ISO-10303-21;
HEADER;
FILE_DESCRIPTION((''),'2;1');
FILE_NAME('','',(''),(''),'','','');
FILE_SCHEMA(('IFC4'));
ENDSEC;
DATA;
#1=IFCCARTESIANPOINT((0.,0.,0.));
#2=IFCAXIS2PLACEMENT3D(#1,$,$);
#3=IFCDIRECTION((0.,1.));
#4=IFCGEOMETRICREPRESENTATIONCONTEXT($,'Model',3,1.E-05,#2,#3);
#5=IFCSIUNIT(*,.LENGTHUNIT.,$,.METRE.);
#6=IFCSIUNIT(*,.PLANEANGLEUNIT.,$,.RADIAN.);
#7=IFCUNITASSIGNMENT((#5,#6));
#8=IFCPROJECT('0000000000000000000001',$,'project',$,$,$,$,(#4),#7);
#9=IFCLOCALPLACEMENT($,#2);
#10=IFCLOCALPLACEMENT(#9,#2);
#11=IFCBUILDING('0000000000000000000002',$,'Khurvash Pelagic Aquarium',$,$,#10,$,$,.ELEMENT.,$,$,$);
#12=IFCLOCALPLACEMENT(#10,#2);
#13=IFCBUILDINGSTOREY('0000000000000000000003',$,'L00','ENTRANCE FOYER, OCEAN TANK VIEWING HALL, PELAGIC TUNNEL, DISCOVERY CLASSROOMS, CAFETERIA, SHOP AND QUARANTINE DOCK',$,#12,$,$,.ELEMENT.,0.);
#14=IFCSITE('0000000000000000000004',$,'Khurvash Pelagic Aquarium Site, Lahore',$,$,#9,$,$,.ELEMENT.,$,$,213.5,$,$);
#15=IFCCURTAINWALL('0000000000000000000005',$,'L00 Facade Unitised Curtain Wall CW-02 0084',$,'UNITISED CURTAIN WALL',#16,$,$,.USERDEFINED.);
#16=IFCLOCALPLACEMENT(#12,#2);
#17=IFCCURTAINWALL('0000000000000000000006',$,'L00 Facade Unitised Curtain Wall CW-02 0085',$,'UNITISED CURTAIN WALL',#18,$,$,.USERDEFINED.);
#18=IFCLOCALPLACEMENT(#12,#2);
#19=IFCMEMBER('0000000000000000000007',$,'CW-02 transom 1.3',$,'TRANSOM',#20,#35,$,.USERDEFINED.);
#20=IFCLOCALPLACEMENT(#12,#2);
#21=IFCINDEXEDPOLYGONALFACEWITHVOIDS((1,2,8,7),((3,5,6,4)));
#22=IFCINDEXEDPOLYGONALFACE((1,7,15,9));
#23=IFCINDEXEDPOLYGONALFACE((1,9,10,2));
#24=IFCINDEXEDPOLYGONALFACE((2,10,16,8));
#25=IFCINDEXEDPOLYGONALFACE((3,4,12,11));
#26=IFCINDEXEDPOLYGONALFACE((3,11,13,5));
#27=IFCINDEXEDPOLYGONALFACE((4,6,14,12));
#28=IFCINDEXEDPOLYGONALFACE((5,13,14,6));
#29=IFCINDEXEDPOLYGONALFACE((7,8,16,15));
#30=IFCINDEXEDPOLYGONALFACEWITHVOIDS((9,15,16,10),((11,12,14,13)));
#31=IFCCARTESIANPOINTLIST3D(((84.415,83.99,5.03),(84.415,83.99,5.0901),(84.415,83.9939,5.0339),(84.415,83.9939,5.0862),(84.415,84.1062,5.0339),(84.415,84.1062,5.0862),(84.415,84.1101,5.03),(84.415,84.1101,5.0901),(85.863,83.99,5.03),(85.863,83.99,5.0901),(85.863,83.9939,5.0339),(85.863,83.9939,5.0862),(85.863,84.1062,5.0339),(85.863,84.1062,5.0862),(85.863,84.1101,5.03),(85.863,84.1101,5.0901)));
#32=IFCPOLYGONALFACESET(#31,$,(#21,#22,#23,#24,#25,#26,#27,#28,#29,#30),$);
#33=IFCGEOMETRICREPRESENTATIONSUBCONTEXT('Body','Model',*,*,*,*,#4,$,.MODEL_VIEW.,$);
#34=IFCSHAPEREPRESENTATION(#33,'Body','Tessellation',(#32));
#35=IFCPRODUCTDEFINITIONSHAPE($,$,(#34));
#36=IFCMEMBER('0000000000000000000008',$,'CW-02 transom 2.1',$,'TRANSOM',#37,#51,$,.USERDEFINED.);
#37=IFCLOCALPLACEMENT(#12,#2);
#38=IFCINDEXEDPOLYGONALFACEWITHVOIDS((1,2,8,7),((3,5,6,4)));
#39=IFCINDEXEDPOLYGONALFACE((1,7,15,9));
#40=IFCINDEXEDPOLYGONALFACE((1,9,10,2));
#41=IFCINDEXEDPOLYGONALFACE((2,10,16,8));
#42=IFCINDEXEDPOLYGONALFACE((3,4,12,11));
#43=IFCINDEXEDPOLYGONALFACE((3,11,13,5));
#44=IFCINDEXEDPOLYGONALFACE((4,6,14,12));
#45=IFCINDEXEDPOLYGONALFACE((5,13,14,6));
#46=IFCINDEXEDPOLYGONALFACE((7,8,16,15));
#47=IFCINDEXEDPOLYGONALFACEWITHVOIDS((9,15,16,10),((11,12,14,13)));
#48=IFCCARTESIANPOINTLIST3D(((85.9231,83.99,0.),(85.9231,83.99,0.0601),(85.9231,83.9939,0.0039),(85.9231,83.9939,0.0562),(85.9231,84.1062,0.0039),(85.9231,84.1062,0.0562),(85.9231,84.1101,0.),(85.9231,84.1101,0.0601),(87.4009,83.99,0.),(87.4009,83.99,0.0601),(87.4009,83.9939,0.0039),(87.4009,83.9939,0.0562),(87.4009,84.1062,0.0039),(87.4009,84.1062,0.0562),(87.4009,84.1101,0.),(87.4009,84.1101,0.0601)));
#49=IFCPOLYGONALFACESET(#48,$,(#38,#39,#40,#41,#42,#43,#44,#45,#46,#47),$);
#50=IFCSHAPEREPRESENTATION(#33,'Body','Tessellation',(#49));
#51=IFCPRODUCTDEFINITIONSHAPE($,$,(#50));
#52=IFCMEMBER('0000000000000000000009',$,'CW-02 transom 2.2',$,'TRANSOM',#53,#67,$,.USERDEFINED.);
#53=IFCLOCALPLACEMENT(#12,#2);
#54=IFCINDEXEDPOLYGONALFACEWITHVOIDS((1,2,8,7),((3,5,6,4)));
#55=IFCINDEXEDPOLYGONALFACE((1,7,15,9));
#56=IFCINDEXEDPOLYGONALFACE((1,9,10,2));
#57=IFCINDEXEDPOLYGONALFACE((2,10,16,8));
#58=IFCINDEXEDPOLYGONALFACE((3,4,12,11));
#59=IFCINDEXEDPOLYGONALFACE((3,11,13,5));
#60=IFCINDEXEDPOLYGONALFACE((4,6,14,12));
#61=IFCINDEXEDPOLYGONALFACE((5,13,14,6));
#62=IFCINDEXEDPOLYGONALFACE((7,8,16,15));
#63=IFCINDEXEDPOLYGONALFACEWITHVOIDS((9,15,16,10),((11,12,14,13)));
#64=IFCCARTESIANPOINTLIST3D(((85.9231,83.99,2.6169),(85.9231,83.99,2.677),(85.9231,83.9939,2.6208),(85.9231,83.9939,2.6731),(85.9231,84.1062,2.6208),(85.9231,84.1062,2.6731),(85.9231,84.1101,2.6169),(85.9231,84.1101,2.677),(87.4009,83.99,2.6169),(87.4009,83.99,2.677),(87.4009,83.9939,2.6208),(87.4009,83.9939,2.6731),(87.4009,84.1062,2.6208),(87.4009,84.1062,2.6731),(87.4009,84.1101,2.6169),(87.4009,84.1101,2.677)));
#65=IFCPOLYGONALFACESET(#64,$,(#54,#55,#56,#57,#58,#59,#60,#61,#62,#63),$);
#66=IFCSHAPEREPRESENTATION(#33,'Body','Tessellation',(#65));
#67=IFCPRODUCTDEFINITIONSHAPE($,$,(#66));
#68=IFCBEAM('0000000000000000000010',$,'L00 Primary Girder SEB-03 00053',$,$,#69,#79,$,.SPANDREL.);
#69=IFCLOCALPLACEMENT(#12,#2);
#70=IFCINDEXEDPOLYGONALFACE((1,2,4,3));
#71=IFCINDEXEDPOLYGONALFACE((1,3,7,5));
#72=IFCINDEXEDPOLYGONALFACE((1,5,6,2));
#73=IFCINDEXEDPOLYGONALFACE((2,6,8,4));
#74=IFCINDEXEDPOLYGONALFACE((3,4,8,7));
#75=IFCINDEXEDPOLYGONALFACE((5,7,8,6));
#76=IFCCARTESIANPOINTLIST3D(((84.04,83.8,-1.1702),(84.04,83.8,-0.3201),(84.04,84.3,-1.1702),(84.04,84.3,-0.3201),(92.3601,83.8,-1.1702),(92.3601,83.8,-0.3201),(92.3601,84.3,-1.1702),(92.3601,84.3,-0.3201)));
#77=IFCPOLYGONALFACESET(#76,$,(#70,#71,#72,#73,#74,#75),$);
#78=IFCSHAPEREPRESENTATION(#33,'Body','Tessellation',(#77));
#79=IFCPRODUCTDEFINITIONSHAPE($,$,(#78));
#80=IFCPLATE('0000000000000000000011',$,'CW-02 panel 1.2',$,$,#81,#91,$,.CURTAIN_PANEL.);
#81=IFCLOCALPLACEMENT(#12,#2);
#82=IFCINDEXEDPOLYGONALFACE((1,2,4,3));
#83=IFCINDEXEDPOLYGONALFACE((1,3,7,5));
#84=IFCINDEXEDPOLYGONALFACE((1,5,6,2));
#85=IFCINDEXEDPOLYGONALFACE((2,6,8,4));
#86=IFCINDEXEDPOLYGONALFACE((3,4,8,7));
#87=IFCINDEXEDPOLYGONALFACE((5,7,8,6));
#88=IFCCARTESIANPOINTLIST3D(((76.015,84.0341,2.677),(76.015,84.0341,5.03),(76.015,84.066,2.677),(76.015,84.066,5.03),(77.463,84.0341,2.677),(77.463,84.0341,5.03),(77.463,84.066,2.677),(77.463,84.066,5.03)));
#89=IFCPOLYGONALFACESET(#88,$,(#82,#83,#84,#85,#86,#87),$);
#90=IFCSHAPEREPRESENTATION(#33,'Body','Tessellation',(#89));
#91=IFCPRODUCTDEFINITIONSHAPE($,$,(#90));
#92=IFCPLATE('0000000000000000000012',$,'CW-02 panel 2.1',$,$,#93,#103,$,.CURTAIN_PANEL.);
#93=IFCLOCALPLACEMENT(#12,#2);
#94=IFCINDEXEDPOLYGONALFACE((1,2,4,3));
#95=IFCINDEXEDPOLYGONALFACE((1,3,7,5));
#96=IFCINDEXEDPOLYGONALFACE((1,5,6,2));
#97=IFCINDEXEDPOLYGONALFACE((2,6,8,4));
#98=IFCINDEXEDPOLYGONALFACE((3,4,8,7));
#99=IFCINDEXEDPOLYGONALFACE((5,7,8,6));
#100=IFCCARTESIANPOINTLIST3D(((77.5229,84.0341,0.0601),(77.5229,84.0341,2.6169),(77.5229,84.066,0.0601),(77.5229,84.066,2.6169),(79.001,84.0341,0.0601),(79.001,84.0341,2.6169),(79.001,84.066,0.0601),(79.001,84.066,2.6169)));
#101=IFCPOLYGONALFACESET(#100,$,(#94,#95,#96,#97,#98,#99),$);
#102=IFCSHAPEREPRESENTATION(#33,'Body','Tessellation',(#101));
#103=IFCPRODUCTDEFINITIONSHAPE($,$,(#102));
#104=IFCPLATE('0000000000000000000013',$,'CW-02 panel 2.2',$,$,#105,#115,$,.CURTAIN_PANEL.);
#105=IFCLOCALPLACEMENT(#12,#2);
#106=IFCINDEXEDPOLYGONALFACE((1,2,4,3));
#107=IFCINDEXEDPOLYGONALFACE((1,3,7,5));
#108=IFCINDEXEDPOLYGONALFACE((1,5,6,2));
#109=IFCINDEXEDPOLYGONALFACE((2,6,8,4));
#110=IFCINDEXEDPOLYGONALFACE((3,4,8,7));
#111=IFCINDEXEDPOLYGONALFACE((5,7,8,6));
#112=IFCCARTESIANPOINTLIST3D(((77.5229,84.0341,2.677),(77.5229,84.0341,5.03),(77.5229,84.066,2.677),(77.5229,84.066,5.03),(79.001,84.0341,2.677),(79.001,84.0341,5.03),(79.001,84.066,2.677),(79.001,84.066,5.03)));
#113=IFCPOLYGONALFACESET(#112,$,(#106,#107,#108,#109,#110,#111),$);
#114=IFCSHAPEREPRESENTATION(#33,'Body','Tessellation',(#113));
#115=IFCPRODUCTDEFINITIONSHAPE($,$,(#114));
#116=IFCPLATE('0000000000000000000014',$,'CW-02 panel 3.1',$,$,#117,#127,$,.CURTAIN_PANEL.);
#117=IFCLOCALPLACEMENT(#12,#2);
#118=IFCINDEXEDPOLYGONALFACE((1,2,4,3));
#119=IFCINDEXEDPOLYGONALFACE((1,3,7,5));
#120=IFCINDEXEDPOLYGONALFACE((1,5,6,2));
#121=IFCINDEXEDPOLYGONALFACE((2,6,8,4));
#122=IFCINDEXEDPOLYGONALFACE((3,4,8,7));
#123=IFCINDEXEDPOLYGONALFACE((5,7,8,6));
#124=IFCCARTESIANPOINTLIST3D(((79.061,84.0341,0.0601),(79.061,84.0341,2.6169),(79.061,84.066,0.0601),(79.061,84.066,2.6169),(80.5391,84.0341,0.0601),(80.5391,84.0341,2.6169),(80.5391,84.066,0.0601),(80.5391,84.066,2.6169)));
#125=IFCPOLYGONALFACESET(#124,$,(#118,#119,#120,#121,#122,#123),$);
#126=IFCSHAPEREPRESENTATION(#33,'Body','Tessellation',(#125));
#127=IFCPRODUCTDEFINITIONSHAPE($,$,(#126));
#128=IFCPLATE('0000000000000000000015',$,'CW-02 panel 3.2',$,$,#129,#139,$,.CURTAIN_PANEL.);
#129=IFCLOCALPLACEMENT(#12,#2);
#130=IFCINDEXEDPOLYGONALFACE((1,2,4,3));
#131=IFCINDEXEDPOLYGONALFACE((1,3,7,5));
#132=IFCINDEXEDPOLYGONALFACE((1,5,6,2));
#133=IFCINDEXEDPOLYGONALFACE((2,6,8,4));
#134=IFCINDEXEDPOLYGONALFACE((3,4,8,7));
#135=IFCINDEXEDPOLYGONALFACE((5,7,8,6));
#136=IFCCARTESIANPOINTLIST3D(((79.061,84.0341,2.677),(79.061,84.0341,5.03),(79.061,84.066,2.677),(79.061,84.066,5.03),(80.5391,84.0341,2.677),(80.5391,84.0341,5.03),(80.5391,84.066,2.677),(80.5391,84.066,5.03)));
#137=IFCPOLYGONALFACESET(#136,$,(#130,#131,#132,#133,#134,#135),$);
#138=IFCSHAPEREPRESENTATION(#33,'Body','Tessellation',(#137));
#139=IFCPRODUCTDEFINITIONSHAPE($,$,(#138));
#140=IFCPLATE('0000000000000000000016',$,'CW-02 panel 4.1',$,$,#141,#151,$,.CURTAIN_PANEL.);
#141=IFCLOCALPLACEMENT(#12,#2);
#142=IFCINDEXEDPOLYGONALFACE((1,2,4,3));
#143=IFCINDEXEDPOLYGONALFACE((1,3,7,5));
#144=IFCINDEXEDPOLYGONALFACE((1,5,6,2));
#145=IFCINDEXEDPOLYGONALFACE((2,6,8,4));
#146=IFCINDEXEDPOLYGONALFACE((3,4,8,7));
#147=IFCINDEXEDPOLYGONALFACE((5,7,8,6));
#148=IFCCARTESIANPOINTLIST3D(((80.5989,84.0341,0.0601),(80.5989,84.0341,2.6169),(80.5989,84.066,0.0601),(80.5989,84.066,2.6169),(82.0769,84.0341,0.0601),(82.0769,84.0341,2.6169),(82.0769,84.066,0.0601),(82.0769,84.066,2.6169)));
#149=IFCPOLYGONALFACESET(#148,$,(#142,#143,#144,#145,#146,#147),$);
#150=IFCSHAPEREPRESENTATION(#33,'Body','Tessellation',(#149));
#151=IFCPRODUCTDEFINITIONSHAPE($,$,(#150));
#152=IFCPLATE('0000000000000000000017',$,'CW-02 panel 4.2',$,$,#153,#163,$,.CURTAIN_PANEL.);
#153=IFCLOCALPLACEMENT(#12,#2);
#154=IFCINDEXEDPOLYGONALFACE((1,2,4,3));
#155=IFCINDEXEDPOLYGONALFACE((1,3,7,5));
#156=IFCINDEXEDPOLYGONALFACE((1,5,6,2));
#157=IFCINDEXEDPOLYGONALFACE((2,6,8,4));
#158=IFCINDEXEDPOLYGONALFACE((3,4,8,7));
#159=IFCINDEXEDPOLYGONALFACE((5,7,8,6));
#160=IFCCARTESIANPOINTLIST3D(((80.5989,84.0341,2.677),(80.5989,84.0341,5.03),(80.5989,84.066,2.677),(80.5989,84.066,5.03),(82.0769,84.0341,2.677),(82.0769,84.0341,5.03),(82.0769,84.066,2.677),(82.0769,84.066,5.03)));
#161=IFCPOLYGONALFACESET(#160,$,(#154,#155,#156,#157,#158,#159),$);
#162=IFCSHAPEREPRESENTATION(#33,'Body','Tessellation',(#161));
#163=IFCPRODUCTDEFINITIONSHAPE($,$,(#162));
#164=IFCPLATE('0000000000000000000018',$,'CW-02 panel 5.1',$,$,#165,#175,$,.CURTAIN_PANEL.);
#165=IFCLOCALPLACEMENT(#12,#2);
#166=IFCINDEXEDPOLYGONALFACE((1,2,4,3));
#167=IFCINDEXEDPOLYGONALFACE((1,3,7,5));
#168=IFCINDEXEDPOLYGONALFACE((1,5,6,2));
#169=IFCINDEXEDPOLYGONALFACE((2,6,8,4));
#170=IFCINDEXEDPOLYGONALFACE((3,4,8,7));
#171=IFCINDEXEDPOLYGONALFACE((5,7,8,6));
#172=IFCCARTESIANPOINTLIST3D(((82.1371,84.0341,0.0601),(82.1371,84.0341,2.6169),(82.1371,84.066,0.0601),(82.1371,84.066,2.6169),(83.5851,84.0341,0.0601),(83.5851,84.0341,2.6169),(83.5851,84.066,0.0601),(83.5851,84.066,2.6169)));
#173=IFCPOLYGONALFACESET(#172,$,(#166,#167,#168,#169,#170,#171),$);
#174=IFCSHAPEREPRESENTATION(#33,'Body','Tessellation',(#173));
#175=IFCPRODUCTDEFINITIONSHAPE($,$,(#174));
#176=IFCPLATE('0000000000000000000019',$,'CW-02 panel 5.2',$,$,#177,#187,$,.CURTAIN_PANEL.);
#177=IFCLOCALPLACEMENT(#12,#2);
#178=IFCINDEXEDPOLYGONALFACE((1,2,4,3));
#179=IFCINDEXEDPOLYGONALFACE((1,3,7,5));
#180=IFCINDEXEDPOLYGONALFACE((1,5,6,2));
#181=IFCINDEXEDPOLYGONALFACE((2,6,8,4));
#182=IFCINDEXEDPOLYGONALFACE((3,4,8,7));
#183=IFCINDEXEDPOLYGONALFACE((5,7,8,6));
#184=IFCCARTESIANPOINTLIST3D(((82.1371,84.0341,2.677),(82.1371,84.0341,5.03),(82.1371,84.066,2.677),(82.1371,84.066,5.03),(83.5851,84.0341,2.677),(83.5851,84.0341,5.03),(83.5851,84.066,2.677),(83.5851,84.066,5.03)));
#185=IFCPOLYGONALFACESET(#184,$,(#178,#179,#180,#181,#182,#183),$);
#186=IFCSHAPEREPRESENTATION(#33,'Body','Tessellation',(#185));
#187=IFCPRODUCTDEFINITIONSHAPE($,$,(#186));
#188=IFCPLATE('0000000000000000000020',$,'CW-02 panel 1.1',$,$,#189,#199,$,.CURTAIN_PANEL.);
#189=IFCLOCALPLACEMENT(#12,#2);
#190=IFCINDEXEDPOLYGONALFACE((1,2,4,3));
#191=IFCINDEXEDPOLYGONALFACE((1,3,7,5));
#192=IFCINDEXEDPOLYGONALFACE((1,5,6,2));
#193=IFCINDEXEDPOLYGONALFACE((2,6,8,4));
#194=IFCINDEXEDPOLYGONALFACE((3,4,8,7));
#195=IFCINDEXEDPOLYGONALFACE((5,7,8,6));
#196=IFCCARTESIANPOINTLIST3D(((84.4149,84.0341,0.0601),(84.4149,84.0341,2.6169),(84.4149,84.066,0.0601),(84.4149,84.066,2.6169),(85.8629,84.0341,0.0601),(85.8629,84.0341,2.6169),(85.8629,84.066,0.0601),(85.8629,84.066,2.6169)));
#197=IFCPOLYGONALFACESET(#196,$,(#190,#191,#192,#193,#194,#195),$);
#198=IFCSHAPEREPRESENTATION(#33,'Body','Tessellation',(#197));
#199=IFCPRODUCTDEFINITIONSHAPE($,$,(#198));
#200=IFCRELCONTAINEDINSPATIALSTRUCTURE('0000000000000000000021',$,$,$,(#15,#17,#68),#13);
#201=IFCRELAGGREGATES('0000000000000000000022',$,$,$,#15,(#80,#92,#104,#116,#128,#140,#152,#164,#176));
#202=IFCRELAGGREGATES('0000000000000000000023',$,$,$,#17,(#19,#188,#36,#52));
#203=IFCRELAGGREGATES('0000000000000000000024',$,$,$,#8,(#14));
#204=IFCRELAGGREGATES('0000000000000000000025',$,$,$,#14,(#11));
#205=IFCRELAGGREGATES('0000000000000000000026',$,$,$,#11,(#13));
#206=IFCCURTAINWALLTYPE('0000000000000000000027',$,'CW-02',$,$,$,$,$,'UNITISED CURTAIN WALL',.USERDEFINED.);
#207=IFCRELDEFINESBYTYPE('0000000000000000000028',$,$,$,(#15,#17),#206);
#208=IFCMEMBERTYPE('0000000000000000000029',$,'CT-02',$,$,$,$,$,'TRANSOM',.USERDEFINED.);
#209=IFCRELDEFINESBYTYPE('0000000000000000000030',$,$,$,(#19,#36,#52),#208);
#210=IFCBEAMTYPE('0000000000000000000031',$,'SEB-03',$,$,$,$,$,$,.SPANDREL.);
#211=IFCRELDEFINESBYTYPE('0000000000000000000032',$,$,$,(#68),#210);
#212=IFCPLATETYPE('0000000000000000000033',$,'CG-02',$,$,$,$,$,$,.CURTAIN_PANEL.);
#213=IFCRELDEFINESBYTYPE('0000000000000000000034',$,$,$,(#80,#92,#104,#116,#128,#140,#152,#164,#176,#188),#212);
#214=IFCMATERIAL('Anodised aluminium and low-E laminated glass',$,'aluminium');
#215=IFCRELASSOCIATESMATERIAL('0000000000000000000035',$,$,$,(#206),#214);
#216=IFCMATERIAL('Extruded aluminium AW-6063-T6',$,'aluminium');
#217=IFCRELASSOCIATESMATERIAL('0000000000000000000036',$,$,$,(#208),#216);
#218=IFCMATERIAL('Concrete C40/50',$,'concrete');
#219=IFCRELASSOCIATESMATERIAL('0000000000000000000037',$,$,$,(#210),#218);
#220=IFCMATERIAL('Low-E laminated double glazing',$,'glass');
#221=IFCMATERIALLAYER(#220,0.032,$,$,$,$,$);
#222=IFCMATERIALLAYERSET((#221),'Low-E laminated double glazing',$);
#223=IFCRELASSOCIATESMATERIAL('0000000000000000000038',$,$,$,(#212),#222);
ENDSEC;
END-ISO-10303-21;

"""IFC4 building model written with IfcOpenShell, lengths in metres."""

from ifc_helpers import new_model, si_unit, direction, frame, origin, origin_2d, place, context, subcontext, project, spatial, rectangle, hollow_rectangle, extrude, material, layer, layer_set, material_profile, profile_set, type_object, element, aggregate, save


model = new_model("IFC4")

# Units and contexts
model_context = context("Model", 3, precision=1e-05, world=origin(), true_north=direction((0.0, 1.0)))
body_context = subcontext(model_context, "Body", "Model", "MODEL_VIEW")
ifc_project = project(units=[si_unit("LENGTHUNIT", "METRE"), si_unit("PLANEANGLEUNIT", "RADIAN")], contexts=[model_context])

# Site, building, storey
site_placement = place(None, origin())
site = spatial("IfcSite", under=ifc_project, at=site_placement, Name="Khurvash Pelagic Aquarium Site, Lahore", CompositionType="ELEMENT", RefElevation=213.5)
building_placement = place(site_placement, origin())
building = spatial("IfcBuilding", under=site, at=building_placement, Name="Khurvash Pelagic Aquarium", CompositionType="ELEMENT")
storey_placement = place(building_placement, origin())
storey = spatial("IfcBuildingStorey", under=building, at=storey_placement, Name="L00", Description="ENTRANCE FOYER, OCEAN TANK VIEWING HALL, PELAGIC TUNNEL, DISCOVERY CLASSROOMS, CAFETERIA, SHOP AND QUARANTINE DOCK", CompositionType="ELEMENT", Elevation=0.0)

# Shared definitions
ifc_material_1 = material(Name="Concrete C40/50", Category="concrete")

# Curtain walls
ifc_material_2 = material(Name="Anodised aluminium and low-E laminated glass", Category="aluminium")
curtain_wall_type = type_object("IfcCurtainWallType", Name="CW-02", ElementType="UNITISED CURTAIN WALL", PredefinedType="USERDEFINED", material=ifc_material_2)
curtain_wall_1_placement = place(storey_placement, origin())
curtain_wall_1 = element("IfcCurtainWall", 1, at=curtain_wall_1_placement, inside=storey, type_object=curtain_wall_type, Name="L00 Facade Unitised Curtain Wall CW-02 0084", ObjectType="UNITISED CURTAIN WALL", PredefinedType="USERDEFINED")
ifc_material_3 = material(Name="Extruded aluminium AW-6063-T6", Category="aluminium")
curtain_wall_2_placement = place(storey_placement, origin())
curtain_wall_2 = element("IfcCurtainWall", 2, at=curtain_wall_2_placement, inside=storey, type_object=curtain_wall_type, Name="L00 Facade Unitised Curtain Wall CW-02 0085", ObjectType="UNITISED CURTAIN WALL", PredefinedType="USERDEFINED")

# Members
ifc_material_profile_1 = material_profile(ifc_material_3, hollow_rectangle(XDim=0.1201, YDim=0.0601, WallThickness=0.0039, at=origin_2d()), Name="CWT120X60X4")
ifc_profile_set_1 = profile_set([ifc_material_profile_1], Name="Extruded aluminium AW-6063-T6")
member_type_1 = type_object("IfcMemberType", Name="CT-02", ElementType="TRANSOM", PredefinedType="USERDEFINED", material=ifc_profile_set_1)
member_1_placement = place(storey_placement, frame((84.415, 84.05, 5.0601), z_axis=(1.0, 0.0, 0.0), x_axis=(0.0, 1.0, 0.0)))
member_1 = element("IfcMember", 3, at=member_1_placement, type_object=member_type_1, Name="CW-02 transom 1.3", ObjectType="TRANSOM", PredefinedType="USERDEFINED", context=body_context, shape_type="SweptSolid", body=[
    extrude(hollow_rectangle(XDim=0.1201, YDim=0.0601, WallThickness=0.0039, at=origin_2d()), origin(), (0.0, 0.0, 1.0), 1.448),
])
member_2_placement = place(storey_placement, frame((85.9231, 84.05, 0.03), z_axis=(1.0, 0.0, 0.0), x_axis=(0.0, 1.0, 0.0)))
member_2 = element("IfcMember", 4, at=member_2_placement, type_object=member_type_1, Name="CW-02 transom 2.1", ObjectType="TRANSOM", PredefinedType="USERDEFINED", context=body_context, shape_type="SweptSolid", body=[
    extrude(hollow_rectangle(XDim=0.1201, YDim=0.0601, WallThickness=0.0039, at=origin_2d()), origin(), (0.0, 0.0, 1.0), 1.4778),
])
member_3_placement = place(storey_placement, frame((85.9231, 84.05, 2.647), z_axis=(1.0, 0.0, 0.0), x_axis=(0.0, 1.0, 0.0)))
member_3 = element("IfcMember", 5, at=member_3_placement, type_object=member_type_1, Name="CW-02 transom 2.2", ObjectType="TRANSOM", PredefinedType="USERDEFINED", context=body_context, shape_type="SweptSolid", body=[
    extrude(hollow_rectangle(XDim=0.1201, YDim=0.0601, WallThickness=0.0039, at=origin_2d()), origin(), (0.0, 0.0, 1.0), 1.4778),
])

# Beam
ifc_material_profile_2 = material_profile(ifc_material_1, rectangle(XDim=0.5, YDim=0.8501, at=origin_2d()), Name="RC500X850")
ifc_profile_set_2 = profile_set([ifc_material_profile_2], Name="Concrete C40/50")
beam_type = type_object("IfcBeamType", Name="SEB-03", PredefinedType="SPANDREL", material=ifc_profile_set_2)
beam_placement = place(storey_placement, frame((84.04, 84.05, -0.7451), z_axis=(1.0, 0.0, 0.0), x_axis=(0.0, 1.0, 0.0)))
element("IfcBeam", 6, at=beam_placement, inside=storey, type_object=beam_type, Name="L00 Primary Girder SEB-03 00053", PredefinedType="SPANDREL", context=body_context, shape_type="SweptSolid", body=[
    extrude(rectangle(XDim=0.5, YDim=0.8501, at=origin_2d()), origin(), (0.0, 0.0, 1.0), 8.3201),
])

# Plates
ifc_material_4 = material(Name="Low-E laminated double glazing", Category="glass")
ifc_layer = layer(ifc_material_4, 0.032)
ifc_layer_set = layer_set([ifc_layer], Name="Low-E laminated double glazing")
plate_type = type_object("IfcPlateType", Name="CG-02", PredefinedType="CURTAIN_PANEL", material=ifc_layer_set)
plate_1_placement = place(storey_placement, frame((76.739, 84.05, 2.677), z_axis=(0.0, 0.0, 1.0), x_axis=(1.0, 0.0, 0.0)))
plate_1 = element("IfcPlate", 7, at=plate_1_placement, type_object=plate_type, Name="CW-02 panel 1.2", PredefinedType="CURTAIN_PANEL", context=body_context, shape_type="SweptSolid", body=[
    extrude(rectangle(XDim=1.448, YDim=0.032, at=origin_2d()), origin(), (0.0, 0.0, 1.0), 2.353),
])
plate_2_placement = place(storey_placement, frame((78.262, 84.05, 0.0601), z_axis=(0.0, 0.0, 1.0), x_axis=(1.0, 0.0, 0.0)))
plate_2 = element("IfcPlate", 8, at=plate_2_placement, type_object=plate_type, Name="CW-02 panel 2.1", PredefinedType="CURTAIN_PANEL", context=body_context, shape_type="SweptSolid", body=[
    extrude(rectangle(XDim=1.478, YDim=0.032, at=origin_2d()), origin(), (0.0, 0.0, 1.0), 2.5569),
])
plate_3_placement = place(storey_placement, frame((78.262, 84.05, 2.677), z_axis=(0.0, 0.0, 1.0), x_axis=(1.0, 0.0, 0.0)))
plate_3 = element("IfcPlate", 9, at=plate_3_placement, type_object=plate_type, Name="CW-02 panel 2.2", PredefinedType="CURTAIN_PANEL", context=body_context, shape_type="SweptSolid", body=[
    extrude(rectangle(XDim=1.478, YDim=0.032, at=origin_2d()), origin(), (0.0, 0.0, 1.0), 2.353),
])
plate_4_placement = place(storey_placement, frame((79.8, 84.05, 0.0601), z_axis=(0.0, 0.0, 1.0), x_axis=(1.0, 0.0, 0.0)))
plate_4 = element("IfcPlate", 10, at=plate_4_placement, type_object=plate_type, Name="CW-02 panel 3.1", PredefinedType="CURTAIN_PANEL", context=body_context, shape_type="SweptSolid", body=[
    extrude(rectangle(XDim=1.478, YDim=0.032, at=origin_2d()), origin(), (0.0, 0.0, 1.0), 2.5569),
])
plate_5_placement = place(storey_placement, frame((79.8, 84.05, 2.677), z_axis=(0.0, 0.0, 1.0), x_axis=(1.0, 0.0, 0.0)))
plate_5 = element("IfcPlate", 11, at=plate_5_placement, type_object=plate_type, Name="CW-02 panel 3.2", PredefinedType="CURTAIN_PANEL", context=body_context, shape_type="SweptSolid", body=[
    extrude(rectangle(XDim=1.478, YDim=0.032, at=origin_2d()), origin(), (0.0, 0.0, 1.0), 2.353),
])
plate_6_placement = place(storey_placement, frame((81.3379, 84.05, 0.0601), z_axis=(0.0, 0.0, 1.0), x_axis=(1.0, 0.0, 0.0)))
plate_6 = element("IfcPlate", 12, at=plate_6_placement, type_object=plate_type, Name="CW-02 panel 4.1", PredefinedType="CURTAIN_PANEL", context=body_context, shape_type="SweptSolid", body=[
    extrude(rectangle(XDim=1.478, YDim=0.032, at=origin_2d()), origin(), (0.0, 0.0, 1.0), 2.5569),
])
plate_7_placement = place(storey_placement, frame((81.3379, 84.05, 2.677), z_axis=(0.0, 0.0, 1.0), x_axis=(1.0, 0.0, 0.0)))
plate_7 = element("IfcPlate", 13, at=plate_7_placement, type_object=plate_type, Name="CW-02 panel 4.2", PredefinedType="CURTAIN_PANEL", context=body_context, shape_type="SweptSolid", body=[
    extrude(rectangle(XDim=1.478, YDim=0.032, at=origin_2d()), origin(), (0.0, 0.0, 1.0), 2.353),
])
plate_8_placement = place(storey_placement, frame((82.8611, 84.05, 0.0601), z_axis=(0.0, 0.0, 1.0), x_axis=(1.0, 0.0, 0.0)))
plate_8 = element("IfcPlate", 14, at=plate_8_placement, type_object=plate_type, Name="CW-02 panel 5.1", PredefinedType="CURTAIN_PANEL", context=body_context, shape_type="SweptSolid", body=[
    extrude(rectangle(XDim=1.448, YDim=0.032, at=origin_2d()), origin(), (0.0, 0.0, 1.0), 2.5569),
])
plate_9_placement = place(storey_placement, frame((82.8611, 84.05, 2.677), z_axis=(0.0, 0.0, 1.0), x_axis=(1.0, 0.0, 0.0)))
plate_9 = element("IfcPlate", 15, at=plate_9_placement, type_object=plate_type, Name="CW-02 panel 5.2", PredefinedType="CURTAIN_PANEL", context=body_context, shape_type="SweptSolid", body=[
    extrude(rectangle(XDim=1.448, YDim=0.032, at=origin_2d()), origin(), (0.0, 0.0, 1.0), 2.353),
])
aggregate(curtain_wall_1, [plate_1, plate_2, plate_3, plate_4, plate_5, plate_6, plate_7, plate_8, plate_9])
plate_10_placement = place(storey_placement, frame((85.1389, 84.05, 0.0601), z_axis=(0.0, 0.0, 1.0), x_axis=(1.0, 0.0, 0.0)))
plate_10 = element("IfcPlate", 16, at=plate_10_placement, type_object=plate_type, Name="CW-02 panel 1.1", PredefinedType="CURTAIN_PANEL", context=body_context, shape_type="SweptSolid", body=[
    extrude(rectangle(XDim=1.448, YDim=0.032, at=origin_2d()), origin(), (0.0, 0.0, 1.0), 2.5569),
])
aggregate(curtain_wall_2, [member_1, plate_10, member_2, member_3])

save(model, "model.ifc")
